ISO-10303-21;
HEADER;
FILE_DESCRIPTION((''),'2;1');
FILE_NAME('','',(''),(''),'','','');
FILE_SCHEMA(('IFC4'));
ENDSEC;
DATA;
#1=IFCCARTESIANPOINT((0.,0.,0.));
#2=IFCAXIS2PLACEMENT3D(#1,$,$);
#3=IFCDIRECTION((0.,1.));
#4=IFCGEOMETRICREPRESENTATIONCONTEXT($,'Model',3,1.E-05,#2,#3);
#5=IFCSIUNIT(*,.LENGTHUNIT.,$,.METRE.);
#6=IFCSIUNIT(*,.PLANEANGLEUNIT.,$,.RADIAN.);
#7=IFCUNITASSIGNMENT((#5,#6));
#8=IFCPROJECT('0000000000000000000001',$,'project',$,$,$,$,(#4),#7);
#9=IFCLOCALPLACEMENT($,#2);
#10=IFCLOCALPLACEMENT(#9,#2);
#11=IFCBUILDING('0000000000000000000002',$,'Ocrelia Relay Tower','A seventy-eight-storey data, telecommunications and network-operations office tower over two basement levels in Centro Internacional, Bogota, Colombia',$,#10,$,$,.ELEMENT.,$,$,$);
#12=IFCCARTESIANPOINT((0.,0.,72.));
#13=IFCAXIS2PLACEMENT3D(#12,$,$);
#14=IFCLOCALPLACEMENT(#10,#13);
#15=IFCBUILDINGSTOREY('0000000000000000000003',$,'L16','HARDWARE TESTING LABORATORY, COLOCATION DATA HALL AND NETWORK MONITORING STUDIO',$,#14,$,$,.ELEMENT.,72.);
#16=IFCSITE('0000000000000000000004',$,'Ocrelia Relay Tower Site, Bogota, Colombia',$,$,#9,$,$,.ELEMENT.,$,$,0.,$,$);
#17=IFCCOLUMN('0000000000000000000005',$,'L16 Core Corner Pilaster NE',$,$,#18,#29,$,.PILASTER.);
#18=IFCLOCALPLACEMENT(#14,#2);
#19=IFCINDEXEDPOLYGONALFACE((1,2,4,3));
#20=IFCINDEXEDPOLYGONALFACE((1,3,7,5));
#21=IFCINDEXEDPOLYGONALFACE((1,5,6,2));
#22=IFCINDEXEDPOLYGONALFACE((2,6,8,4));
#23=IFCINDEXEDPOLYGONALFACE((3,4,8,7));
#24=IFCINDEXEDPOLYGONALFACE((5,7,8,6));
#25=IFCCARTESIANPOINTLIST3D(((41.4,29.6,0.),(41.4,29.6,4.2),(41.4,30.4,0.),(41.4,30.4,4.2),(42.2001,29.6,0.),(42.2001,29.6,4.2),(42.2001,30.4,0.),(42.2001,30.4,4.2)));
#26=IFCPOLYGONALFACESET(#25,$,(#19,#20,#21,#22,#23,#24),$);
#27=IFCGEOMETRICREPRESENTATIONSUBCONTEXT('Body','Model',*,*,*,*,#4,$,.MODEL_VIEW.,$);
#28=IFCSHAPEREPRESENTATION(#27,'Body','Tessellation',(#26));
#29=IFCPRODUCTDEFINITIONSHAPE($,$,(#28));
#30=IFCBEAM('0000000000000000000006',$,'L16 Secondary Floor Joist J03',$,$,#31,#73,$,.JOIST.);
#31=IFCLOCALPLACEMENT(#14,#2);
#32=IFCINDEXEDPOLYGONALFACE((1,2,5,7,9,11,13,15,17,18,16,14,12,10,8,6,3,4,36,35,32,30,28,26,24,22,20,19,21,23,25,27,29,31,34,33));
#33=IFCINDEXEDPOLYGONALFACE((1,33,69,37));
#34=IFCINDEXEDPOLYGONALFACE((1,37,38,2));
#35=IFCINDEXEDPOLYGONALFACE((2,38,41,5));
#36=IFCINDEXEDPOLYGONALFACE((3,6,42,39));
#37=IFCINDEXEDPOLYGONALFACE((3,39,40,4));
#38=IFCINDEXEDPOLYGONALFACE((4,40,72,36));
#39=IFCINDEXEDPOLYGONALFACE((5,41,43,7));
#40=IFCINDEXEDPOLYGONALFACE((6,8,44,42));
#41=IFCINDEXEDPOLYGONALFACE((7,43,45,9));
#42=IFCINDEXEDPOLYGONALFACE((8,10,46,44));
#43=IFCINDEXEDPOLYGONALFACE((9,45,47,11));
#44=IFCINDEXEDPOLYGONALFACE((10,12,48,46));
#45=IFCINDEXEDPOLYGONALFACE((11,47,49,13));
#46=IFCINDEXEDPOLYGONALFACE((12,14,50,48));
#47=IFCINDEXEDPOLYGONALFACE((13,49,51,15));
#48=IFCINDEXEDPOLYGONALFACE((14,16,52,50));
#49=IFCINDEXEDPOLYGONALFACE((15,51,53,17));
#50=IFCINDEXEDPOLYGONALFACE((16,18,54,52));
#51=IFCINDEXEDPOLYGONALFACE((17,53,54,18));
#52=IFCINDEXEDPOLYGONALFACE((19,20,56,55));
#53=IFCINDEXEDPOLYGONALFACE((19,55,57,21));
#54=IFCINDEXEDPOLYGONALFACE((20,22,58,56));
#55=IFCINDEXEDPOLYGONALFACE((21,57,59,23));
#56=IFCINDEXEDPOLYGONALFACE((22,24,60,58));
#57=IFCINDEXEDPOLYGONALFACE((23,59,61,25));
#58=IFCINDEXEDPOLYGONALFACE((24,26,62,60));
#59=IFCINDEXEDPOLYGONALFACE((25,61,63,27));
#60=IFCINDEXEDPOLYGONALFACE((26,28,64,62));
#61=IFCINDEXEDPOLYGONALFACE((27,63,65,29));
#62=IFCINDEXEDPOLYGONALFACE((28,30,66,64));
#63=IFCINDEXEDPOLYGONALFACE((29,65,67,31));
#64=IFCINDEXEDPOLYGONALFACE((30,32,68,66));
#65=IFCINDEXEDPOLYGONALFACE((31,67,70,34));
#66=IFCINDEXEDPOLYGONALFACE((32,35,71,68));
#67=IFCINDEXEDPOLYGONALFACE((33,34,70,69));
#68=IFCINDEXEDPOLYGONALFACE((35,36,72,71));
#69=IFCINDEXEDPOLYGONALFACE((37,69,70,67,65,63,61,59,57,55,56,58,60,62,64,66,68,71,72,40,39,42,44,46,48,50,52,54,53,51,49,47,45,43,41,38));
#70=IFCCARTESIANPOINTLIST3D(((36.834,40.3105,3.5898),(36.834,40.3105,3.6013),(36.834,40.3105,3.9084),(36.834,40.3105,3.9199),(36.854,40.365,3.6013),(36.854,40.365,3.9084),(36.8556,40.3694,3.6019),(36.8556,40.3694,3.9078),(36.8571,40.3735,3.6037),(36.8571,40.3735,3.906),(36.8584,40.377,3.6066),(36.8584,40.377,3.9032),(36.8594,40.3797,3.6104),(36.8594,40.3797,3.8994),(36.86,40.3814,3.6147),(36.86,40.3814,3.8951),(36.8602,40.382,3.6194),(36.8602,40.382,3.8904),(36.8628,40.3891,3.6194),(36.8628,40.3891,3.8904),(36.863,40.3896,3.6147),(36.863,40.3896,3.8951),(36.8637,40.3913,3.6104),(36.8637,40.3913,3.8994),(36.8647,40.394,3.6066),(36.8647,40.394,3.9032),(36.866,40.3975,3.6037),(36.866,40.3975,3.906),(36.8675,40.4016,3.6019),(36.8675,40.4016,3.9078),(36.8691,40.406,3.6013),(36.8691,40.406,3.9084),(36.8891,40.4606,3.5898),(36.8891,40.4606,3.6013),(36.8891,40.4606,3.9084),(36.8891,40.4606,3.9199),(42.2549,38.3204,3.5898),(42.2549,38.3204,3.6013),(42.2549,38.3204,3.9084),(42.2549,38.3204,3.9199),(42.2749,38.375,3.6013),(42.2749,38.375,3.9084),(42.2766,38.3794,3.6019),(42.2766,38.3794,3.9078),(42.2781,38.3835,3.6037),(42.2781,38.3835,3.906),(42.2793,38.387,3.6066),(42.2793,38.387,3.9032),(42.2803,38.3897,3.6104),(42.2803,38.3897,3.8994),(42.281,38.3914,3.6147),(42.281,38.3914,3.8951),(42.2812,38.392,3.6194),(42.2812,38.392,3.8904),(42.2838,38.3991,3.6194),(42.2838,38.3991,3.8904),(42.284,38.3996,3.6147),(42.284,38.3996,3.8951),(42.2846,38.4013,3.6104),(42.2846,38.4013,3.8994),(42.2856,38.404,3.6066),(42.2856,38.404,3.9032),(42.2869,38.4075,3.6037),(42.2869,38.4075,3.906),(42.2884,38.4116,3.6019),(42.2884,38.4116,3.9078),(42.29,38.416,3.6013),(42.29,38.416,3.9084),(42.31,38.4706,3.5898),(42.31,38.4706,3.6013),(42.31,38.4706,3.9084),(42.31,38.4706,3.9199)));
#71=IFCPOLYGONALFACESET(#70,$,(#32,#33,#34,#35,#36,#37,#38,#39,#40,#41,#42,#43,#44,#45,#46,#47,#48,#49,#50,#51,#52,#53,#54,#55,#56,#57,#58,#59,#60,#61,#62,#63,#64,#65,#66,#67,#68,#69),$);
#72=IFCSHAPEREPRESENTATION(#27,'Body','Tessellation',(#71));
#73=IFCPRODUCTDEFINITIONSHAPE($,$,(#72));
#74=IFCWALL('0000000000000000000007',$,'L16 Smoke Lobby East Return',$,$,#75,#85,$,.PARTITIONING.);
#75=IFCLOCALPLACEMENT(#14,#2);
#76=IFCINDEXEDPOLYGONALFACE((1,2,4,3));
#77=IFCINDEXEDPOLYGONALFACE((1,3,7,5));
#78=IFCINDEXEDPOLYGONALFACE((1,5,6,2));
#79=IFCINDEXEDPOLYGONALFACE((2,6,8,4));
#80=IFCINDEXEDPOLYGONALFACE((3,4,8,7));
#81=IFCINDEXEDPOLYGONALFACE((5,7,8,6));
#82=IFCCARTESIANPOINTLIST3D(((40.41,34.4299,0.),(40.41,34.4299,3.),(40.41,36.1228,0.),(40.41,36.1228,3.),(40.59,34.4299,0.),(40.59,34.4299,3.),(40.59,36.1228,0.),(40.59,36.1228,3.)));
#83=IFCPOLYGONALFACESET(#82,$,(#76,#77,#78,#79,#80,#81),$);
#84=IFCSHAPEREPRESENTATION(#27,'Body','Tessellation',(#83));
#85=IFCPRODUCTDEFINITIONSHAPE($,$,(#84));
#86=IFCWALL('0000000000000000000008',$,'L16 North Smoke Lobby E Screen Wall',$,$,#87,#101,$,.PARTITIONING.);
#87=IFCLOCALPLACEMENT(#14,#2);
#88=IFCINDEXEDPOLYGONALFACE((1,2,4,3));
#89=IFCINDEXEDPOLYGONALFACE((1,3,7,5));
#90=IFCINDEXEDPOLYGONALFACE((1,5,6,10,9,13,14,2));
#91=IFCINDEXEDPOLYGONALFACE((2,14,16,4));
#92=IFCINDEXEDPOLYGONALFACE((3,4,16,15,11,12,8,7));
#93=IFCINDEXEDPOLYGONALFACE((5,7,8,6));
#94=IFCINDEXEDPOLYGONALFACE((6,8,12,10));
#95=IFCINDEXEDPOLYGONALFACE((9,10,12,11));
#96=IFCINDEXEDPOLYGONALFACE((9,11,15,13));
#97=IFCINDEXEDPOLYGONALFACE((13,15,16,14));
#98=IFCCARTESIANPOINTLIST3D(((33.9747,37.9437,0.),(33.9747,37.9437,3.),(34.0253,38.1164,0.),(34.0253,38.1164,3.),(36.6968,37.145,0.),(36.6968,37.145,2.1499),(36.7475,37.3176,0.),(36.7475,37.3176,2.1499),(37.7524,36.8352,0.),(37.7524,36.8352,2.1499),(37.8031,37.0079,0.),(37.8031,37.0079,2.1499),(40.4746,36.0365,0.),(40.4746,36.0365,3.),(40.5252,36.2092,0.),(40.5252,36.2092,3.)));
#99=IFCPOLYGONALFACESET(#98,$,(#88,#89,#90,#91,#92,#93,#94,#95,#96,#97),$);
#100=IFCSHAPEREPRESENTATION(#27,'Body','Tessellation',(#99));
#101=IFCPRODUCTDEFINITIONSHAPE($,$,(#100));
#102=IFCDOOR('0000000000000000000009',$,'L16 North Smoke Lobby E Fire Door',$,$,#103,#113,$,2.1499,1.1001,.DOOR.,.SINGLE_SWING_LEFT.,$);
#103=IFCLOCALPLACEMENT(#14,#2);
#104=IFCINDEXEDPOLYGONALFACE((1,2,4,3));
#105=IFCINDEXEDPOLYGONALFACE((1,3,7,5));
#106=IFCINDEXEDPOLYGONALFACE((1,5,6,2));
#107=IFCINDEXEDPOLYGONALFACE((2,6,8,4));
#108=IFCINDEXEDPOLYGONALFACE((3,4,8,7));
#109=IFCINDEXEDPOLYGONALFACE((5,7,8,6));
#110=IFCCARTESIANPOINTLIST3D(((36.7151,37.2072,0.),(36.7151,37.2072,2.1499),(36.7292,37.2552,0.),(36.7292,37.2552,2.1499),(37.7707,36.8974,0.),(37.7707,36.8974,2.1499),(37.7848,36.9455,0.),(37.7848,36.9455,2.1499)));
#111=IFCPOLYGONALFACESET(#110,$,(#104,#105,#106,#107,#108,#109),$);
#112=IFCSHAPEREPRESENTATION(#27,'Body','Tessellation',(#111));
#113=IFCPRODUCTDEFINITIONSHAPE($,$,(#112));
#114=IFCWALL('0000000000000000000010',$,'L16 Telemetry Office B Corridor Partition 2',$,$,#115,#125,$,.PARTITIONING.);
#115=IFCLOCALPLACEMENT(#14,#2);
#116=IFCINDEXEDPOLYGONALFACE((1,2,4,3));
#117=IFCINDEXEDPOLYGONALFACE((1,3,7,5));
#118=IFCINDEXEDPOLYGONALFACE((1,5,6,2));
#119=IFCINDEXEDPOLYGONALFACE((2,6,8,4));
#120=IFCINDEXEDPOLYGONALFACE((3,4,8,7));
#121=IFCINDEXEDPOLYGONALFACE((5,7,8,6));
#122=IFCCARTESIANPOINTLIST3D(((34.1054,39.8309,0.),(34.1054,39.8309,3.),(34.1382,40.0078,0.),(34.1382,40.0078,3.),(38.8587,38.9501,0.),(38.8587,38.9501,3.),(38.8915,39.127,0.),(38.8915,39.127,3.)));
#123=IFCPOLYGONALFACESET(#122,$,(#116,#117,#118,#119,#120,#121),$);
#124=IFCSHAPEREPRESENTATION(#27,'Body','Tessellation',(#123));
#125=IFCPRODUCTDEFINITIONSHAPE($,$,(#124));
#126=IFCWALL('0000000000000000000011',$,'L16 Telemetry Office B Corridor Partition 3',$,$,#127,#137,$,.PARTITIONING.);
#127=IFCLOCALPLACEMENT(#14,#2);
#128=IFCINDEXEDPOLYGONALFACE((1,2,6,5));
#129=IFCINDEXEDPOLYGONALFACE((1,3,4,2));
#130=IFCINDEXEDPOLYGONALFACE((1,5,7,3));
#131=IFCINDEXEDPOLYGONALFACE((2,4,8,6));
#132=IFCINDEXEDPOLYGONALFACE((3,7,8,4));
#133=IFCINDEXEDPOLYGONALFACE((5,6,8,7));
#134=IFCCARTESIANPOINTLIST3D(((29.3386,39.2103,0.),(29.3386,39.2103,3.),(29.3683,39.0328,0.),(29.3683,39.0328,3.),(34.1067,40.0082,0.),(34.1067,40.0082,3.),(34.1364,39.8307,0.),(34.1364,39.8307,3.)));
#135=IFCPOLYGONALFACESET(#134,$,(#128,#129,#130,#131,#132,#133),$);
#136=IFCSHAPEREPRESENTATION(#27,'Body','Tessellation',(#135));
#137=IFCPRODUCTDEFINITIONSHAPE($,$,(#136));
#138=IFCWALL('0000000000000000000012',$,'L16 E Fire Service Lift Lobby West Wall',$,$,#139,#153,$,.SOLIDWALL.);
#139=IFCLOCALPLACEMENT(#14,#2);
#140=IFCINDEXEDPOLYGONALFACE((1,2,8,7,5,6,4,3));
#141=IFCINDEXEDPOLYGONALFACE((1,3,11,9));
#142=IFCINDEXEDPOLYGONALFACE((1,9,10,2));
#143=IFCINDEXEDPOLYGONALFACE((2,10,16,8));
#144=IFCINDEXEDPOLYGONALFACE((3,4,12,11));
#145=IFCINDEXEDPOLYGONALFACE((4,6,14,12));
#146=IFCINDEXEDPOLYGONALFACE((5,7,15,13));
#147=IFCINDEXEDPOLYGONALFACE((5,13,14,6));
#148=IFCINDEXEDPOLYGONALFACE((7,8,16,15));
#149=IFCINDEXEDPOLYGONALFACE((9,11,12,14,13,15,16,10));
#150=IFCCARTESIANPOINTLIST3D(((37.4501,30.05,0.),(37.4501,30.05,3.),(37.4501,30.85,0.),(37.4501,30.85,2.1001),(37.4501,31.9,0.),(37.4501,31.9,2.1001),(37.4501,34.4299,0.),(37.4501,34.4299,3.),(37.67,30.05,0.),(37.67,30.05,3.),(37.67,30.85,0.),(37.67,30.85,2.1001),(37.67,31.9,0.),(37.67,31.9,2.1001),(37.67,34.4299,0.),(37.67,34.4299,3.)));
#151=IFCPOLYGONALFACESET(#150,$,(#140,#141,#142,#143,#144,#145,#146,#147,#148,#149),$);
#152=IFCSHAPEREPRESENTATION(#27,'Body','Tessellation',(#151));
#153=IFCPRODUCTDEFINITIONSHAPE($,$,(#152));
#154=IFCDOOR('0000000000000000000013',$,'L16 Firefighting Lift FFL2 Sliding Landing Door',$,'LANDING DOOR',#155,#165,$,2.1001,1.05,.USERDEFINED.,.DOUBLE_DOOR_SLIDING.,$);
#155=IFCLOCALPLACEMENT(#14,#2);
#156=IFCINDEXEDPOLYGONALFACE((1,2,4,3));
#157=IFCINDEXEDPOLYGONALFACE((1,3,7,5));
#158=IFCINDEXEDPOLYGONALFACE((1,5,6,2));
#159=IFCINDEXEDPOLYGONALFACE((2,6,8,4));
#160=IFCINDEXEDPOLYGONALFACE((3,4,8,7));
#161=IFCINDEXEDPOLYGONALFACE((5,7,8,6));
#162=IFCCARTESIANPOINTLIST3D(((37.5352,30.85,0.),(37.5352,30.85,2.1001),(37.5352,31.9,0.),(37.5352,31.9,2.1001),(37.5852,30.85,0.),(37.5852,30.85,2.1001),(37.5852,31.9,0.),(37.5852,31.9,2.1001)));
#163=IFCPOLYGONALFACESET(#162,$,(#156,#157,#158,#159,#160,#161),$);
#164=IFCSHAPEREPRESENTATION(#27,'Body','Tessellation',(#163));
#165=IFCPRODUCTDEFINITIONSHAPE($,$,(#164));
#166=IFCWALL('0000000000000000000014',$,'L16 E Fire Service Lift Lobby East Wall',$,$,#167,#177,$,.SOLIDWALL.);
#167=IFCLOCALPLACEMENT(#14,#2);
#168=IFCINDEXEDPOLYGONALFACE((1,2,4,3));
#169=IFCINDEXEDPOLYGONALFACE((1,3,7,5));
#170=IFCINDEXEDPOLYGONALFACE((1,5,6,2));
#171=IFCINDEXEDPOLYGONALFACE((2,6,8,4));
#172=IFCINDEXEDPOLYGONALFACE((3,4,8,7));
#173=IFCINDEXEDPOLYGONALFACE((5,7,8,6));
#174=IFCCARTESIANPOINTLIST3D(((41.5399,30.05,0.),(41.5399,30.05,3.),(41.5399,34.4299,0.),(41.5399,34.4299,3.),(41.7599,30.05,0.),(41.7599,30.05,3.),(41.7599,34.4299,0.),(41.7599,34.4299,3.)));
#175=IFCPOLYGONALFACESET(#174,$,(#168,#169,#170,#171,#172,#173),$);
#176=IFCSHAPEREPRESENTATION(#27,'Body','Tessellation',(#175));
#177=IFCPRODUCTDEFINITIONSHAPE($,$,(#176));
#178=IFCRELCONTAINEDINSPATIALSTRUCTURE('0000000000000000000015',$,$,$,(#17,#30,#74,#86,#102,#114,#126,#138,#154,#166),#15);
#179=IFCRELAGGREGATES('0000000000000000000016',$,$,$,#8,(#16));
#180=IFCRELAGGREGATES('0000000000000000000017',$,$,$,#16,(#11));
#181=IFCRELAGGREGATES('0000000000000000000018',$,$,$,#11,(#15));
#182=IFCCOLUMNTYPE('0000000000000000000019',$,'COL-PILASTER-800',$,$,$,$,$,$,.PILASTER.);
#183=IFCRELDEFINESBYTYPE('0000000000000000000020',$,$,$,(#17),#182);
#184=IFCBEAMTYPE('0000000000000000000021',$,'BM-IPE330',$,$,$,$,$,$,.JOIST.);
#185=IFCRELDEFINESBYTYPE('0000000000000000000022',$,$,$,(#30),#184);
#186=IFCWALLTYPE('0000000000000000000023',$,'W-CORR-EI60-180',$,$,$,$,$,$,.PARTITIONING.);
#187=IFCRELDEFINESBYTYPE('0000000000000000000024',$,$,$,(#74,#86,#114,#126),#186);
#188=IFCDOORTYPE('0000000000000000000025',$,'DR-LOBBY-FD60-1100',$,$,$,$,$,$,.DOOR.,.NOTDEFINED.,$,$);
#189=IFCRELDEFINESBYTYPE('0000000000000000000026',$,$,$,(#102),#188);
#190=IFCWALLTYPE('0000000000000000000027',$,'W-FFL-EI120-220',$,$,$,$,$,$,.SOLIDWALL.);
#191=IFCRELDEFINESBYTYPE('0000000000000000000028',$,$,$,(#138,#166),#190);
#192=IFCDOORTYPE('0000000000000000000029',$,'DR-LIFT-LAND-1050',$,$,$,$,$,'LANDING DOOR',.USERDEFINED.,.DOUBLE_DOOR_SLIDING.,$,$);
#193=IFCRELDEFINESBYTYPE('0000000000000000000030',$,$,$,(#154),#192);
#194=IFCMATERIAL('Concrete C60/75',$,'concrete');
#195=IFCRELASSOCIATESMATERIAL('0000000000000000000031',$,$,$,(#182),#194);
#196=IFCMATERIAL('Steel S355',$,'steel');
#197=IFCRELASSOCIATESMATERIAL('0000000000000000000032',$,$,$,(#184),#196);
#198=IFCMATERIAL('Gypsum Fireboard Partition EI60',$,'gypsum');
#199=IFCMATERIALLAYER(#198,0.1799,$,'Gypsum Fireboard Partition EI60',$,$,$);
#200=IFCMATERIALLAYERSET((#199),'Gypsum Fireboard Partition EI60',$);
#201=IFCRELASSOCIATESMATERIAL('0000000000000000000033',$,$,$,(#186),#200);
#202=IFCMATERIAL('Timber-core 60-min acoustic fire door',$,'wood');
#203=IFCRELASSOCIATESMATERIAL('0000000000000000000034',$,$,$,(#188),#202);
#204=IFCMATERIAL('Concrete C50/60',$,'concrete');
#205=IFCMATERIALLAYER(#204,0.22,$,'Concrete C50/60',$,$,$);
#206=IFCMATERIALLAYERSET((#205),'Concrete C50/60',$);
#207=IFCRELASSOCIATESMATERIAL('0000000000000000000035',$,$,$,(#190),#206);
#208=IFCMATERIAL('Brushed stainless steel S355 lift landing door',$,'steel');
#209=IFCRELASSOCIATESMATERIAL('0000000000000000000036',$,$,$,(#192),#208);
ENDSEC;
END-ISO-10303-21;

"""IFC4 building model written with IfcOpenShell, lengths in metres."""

from ifc_helpers import new_model, si_unit, direction, frame, frame_2d, origin, origin_2d, place, context, subcontext, project, spatial, rectangle, i_section, extrude, material, layer, layer_set, material_profile, profile_set, type_object, element, fill, save


model = new_model("IFC4")

# Units and contexts
model_context = context("Model", 3, precision=1e-05, world=origin(), true_north=direction((0.0, 1.0)))
body_context = subcontext(model_context, "Body", "Model", "MODEL_VIEW")
ifc_project = project(units=[si_unit("LENGTHUNIT", "METRE"), si_unit("PLANEANGLEUNIT", "RADIAN")], contexts=[model_context])

# Site, building, storey
site_placement = place(None, origin())
site = spatial("IfcSite", under=ifc_project, at=site_placement, Name="Ocrelia Relay Tower Site, Bogota, Colombia", CompositionType="ELEMENT", RefElevation=0.0)
building_placement = place(site_placement, origin())
building = spatial("IfcBuilding", under=site, at=building_placement, Name="Ocrelia Relay Tower", Description="A seventy-eight-storey data, telecommunications and network-operations office tower over two basement levels in Centro Internacional, Bogota, Colombia", CompositionType="ELEMENT")
storey_placement = place(building_placement, frame((0.0, 0.0, 72.0)))
storey = spatial("IfcBuildingStorey", under=building, at=storey_placement, Name="L16", Description="HARDWARE TESTING LABORATORY, COLOCATION DATA HALL AND NETWORK MONITORING STUDIO", CompositionType="ELEMENT", Elevation=72.0)

# Column
ifc_material_1 = material(Name="Concrete C60/75", Category="concrete")
ifc_material_profile_1 = material_profile(ifc_material_1, rectangle(XDim=0.8, YDim=0.8, at=origin_2d()), Name="RC-COL-800x800")
ifc_profile_set_1 = profile_set([ifc_material_profile_1], Name="Concrete C60/75")
column_type = type_object("IfcColumnType", Name="COL-PILASTER-800", PredefinedType="PILASTER", material=ifc_profile_set_1)
column_placement = place(storey_placement, frame((41.8, 30.0, 0.0), z_axis=(0.0, 0.0, 1.0), x_axis=(1.0, 0.0, 0.0)))
element("IfcColumn", 1, at=column_placement, inside=storey, type_object=column_type, Name="L16 Core Corner Pilaster NE", PredefinedType="PILASTER", context=body_context, shape_type="SweptSolid", body=[
    extrude(rectangle(XDim=0.8, YDim=0.8, at=origin_2d()), origin(), (0.0, 0.0, 1.0), 4.2),
])

# Beam
ifc_material_2 = material(Name="Steel S355", Category="steel")
ifc_material_profile_2 = material_profile(ifc_material_2, i_section(OverallWidth=0.1599, OverallDepth=0.3301, WebThickness=0.0076, FlangeThickness=0.0115, FilletRadius=0.0181, at=origin_2d()), Name="IPE 330")
ifc_profile_set_2 = profile_set([ifc_material_profile_2], Name="Steel S355")
beam_type = type_object("IfcBeamType", Name="BM-IPE330", PredefinedType="JOIST", material=ifc_profile_set_2)
beam_placement = place(storey_placement, frame((42.2825, 38.3955, 3.7549), z_axis=(-0.938746, 0.34461, 0.0), x_axis=(-0.34461, -0.938746, 0.0)))
element("IfcBeam", 2, at=beam_placement, inside=storey, type_object=beam_type, Name="L16 Secondary Floor Joist J03", PredefinedType="JOIST", context=body_context, shape_type="SweptSolid", body=[
    extrude(i_section(OverallWidth=0.1599, OverallDepth=0.3301, WebThickness=0.0076, FlangeThickness=0.0115, FilletRadius=0.0181, at=origin_2d()), origin(), (0.0, 0.0, 1.0), 5.7747),
])

# Wall
ifc_material_3 = material(Name="Gypsum Fireboard Partition EI60", Category="gypsum")
ifc_layer_1 = layer(ifc_material_3, 0.1799, Name="Gypsum Fireboard Partition EI60")
ifc_layer_set_1 = layer_set([ifc_layer_1], Name="Gypsum Fireboard Partition EI60")
wall_type_1 = type_object("IfcWallType", Name="W-CORR-EI60-180", PredefinedType="PARTITIONING", material=ifc_layer_set_1)
wall_1_placement = place(storey_placement, frame((40.5, 36.1228, 0.0), z_axis=(0.0, 0.0, 1.0), x_axis=(0.0, -1.0, 0.0)))
element("IfcWall", 3, at=wall_1_placement, inside=storey, type_object=wall_type_1, Name="L16 Smoke Lobby East Return", PredefinedType="PARTITIONING", context=body_context, shape_type="SweptSolid", body=[
    extrude(rectangle(XDim=1.6929, YDim=0.1799, at=frame_2d((0.8464, 0.0))), origin(), (0.0, 0.0, 1.0), 3.0),
])

# Wall, opening, door
wall_2_placement = place(storey_placement, frame((34.0, 38.03, 0.0), z_axis=(0.0, 0.0, 1.0), x_axis=(0.959547, -0.28155, 0.0)))
wall_2 = element("IfcWall", 4, at=wall_2_placement, inside=storey, type_object=wall_type_1, Name="L16 North Smoke Lobby E Screen Wall", PredefinedType="PARTITIONING", context=body_context, shape_type="SweptSolid", body=[
    extrude(rectangle(XDim=6.7739, YDim=0.1799, at=frame_2d((3.387, 0.0))), origin(), (0.0, 0.0, 1.0), 3.0),
])
opening_1_placement = place(wall_2_placement, frame((2.8369, 0.0, 0.0)))
opening_1 = element("IfcOpeningElement", 5, at=opening_1_placement, cuts=wall_2, PredefinedType="OPENING", context=body_context, shape_type="SweptSolid", body=[
    extrude(rectangle(XDim=1.1001, YDim=2.1499, at=frame_2d((0.55, 1.075))), frame((0.0, 0.1001, 0.0), z_axis=(0.0, -1.0, 0.0), x_axis=(1.0, 0.0, 0.0)), (0.0, 0.0, 1.0), 0.2),
])
ifc_material_4 = material(Name="Timber-core 60-min acoustic fire door", Category="wood")
door_type_1 = type_object("IfcDoorType", Name="DR-LOBBY-FD60-1100", OperationType="NOTDEFINED", PredefinedType="DOOR", material=ifc_material_4)
door_1_placement = place(opening_1_placement, origin())
door_1 = element("IfcDoor", 6, at=door_1_placement, inside=storey, type_object=door_type_1, Name="L16 North Smoke Lobby E Fire Door", OperationType="SINGLE_SWING_LEFT", OverallHeight=2.1499, OverallWidth=1.1001, PredefinedType="DOOR", context=body_context, shape_type="SweptSolid", body=[
    extrude(rectangle(XDim=1.1001, YDim=2.1499, at=frame_2d((0.55, 1.075))), frame((0.0, 0.0249, 0.0), z_axis=(0.0, -1.0, 0.0), x_axis=(1.0, 0.0, 0.0)), (0.0, 0.0, 1.0), 0.05),
])
fill(opening_1, door_1)

# Walls
wall_3_placement = place(storey_placement, frame((38.875, 39.0386, 0.0), z_axis=(0.0, 0.0, 1.0), x_axis=(-0.98326, 0.182209, 0.0)))
element("IfcWall", 7, at=wall_3_placement, inside=storey, type_object=wall_type_1, Name="L16 Telemetry Office B Corridor Partition 2", PredefinedType="PARTITIONING", context=body_context, shape_type="SweptSolid", body=[
    extrude(rectangle(XDim=4.8342, YDim=0.1799, at=frame_2d((2.417, 0.0))), origin(), (0.0, 0.0, 1.0), 3.0),
])
wall_4_placement = place(storey_placement, frame((34.1216, 39.9194, 0.0), z_axis=(0.0, 0.0, 1.0), x_axis=(-0.986287, -0.165038, 0.0)))
element("IfcWall", 8, at=wall_4_placement, inside=storey, type_object=wall_type_1, Name="L16 Telemetry Office B Corridor Partition 3", PredefinedType="PARTITIONING", context=body_context, shape_type="SweptSolid", body=[
    extrude(rectangle(XDim=4.8345, YDim=0.1799, at=frame_2d((2.4172, 0.0))), origin(), (0.0, 0.0, 1.0), 3.0),
])

# Wall, opening, door
ifc_material_5 = material(Name="Concrete C50/60", Category="concrete")
ifc_layer_2 = layer(ifc_material_5, 0.22, Name="Concrete C50/60")
ifc_layer_set_2 = layer_set([ifc_layer_2], Name="Concrete C50/60")
wall_type_2 = type_object("IfcWallType", Name="W-FFL-EI120-220", PredefinedType="SOLIDWALL", material=ifc_layer_set_2)
wall_5_placement = place(storey_placement, frame((37.5601, 30.05, 0.0), z_axis=(0.0, 0.0, 1.0), x_axis=(0.0, 1.0, 0.0)))
wall_5 = element("IfcWall", 9, at=wall_5_placement, inside=storey, type_object=wall_type_2, Name="L16 E Fire Service Lift Lobby West Wall", PredefinedType="SOLIDWALL", context=body_context, shape_type="SweptSolid", body=[
    extrude(rectangle(XDim=4.3799, YDim=0.22, at=frame_2d((2.1899, 0.0))), origin(), (0.0, 0.0, 1.0), 3.0),
])
opening_2_placement = place(wall_5_placement, frame((0.8, 0.0, 0.0)))
opening_2 = element("IfcOpeningElement", 10, at=opening_2_placement, cuts=wall_5, PredefinedType="OPENING", context=body_context, shape_type="SweptSolid", body=[
    extrude(rectangle(XDim=1.05, YDim=2.1001, at=frame_2d((0.5249, 1.05))), frame((0.0, 0.1201, 0.0), z_axis=(0.0, -1.0, 0.0), x_axis=(1.0, 0.0, 0.0)), (0.0, 0.0, 1.0), 0.24),
])
ifc_material_6 = material(Name="Brushed stainless steel S355 lift landing door", Category="steel")
door_type_2 = type_object("IfcDoorType", Name="DR-LIFT-LAND-1050", ElementType="LANDING DOOR", OperationType="DOUBLE_DOOR_SLIDING", PredefinedType="USERDEFINED", material=ifc_material_6)
door_2_placement = place(opening_2_placement, origin())
door_2 = element("IfcDoor", 11, at=door_2_placement, inside=storey, type_object=door_type_2, Name="L16 Firefighting Lift FFL2 Sliding Landing Door", ObjectType="LANDING DOOR", OperationType="DOUBLE_DOOR_SLIDING", OverallHeight=2.1001, OverallWidth=1.05, PredefinedType="USERDEFINED", context=body_context, shape_type="SweptSolid", body=[
    extrude(rectangle(XDim=1.05, YDim=2.1001, at=frame_2d((0.5249, 1.05))), frame((0.0, 0.0249, 0.0), z_axis=(0.0, -1.0, 0.0), x_axis=(1.0, 0.0, 0.0)), (0.0, 0.0, 1.0), 0.05),
])
fill(opening_2, door_2)

# Wall
wall_6_placement = place(storey_placement, frame((41.6499, 30.05, 0.0), z_axis=(0.0, 0.0, 1.0), x_axis=(0.0, 1.0, 0.0)))
element("IfcWall", 12, at=wall_6_placement, inside=storey, type_object=wall_type_2, Name="L16 E Fire Service Lift Lobby East Wall", PredefinedType="SOLIDWALL", context=body_context, shape_type="SweptSolid", body=[
    extrude(rectangle(XDim=4.3799, YDim=0.22, at=frame_2d((2.1899, 0.0))), origin(), (0.0, 0.0, 1.0), 3.0),
])

save(model, "model.ifc")
